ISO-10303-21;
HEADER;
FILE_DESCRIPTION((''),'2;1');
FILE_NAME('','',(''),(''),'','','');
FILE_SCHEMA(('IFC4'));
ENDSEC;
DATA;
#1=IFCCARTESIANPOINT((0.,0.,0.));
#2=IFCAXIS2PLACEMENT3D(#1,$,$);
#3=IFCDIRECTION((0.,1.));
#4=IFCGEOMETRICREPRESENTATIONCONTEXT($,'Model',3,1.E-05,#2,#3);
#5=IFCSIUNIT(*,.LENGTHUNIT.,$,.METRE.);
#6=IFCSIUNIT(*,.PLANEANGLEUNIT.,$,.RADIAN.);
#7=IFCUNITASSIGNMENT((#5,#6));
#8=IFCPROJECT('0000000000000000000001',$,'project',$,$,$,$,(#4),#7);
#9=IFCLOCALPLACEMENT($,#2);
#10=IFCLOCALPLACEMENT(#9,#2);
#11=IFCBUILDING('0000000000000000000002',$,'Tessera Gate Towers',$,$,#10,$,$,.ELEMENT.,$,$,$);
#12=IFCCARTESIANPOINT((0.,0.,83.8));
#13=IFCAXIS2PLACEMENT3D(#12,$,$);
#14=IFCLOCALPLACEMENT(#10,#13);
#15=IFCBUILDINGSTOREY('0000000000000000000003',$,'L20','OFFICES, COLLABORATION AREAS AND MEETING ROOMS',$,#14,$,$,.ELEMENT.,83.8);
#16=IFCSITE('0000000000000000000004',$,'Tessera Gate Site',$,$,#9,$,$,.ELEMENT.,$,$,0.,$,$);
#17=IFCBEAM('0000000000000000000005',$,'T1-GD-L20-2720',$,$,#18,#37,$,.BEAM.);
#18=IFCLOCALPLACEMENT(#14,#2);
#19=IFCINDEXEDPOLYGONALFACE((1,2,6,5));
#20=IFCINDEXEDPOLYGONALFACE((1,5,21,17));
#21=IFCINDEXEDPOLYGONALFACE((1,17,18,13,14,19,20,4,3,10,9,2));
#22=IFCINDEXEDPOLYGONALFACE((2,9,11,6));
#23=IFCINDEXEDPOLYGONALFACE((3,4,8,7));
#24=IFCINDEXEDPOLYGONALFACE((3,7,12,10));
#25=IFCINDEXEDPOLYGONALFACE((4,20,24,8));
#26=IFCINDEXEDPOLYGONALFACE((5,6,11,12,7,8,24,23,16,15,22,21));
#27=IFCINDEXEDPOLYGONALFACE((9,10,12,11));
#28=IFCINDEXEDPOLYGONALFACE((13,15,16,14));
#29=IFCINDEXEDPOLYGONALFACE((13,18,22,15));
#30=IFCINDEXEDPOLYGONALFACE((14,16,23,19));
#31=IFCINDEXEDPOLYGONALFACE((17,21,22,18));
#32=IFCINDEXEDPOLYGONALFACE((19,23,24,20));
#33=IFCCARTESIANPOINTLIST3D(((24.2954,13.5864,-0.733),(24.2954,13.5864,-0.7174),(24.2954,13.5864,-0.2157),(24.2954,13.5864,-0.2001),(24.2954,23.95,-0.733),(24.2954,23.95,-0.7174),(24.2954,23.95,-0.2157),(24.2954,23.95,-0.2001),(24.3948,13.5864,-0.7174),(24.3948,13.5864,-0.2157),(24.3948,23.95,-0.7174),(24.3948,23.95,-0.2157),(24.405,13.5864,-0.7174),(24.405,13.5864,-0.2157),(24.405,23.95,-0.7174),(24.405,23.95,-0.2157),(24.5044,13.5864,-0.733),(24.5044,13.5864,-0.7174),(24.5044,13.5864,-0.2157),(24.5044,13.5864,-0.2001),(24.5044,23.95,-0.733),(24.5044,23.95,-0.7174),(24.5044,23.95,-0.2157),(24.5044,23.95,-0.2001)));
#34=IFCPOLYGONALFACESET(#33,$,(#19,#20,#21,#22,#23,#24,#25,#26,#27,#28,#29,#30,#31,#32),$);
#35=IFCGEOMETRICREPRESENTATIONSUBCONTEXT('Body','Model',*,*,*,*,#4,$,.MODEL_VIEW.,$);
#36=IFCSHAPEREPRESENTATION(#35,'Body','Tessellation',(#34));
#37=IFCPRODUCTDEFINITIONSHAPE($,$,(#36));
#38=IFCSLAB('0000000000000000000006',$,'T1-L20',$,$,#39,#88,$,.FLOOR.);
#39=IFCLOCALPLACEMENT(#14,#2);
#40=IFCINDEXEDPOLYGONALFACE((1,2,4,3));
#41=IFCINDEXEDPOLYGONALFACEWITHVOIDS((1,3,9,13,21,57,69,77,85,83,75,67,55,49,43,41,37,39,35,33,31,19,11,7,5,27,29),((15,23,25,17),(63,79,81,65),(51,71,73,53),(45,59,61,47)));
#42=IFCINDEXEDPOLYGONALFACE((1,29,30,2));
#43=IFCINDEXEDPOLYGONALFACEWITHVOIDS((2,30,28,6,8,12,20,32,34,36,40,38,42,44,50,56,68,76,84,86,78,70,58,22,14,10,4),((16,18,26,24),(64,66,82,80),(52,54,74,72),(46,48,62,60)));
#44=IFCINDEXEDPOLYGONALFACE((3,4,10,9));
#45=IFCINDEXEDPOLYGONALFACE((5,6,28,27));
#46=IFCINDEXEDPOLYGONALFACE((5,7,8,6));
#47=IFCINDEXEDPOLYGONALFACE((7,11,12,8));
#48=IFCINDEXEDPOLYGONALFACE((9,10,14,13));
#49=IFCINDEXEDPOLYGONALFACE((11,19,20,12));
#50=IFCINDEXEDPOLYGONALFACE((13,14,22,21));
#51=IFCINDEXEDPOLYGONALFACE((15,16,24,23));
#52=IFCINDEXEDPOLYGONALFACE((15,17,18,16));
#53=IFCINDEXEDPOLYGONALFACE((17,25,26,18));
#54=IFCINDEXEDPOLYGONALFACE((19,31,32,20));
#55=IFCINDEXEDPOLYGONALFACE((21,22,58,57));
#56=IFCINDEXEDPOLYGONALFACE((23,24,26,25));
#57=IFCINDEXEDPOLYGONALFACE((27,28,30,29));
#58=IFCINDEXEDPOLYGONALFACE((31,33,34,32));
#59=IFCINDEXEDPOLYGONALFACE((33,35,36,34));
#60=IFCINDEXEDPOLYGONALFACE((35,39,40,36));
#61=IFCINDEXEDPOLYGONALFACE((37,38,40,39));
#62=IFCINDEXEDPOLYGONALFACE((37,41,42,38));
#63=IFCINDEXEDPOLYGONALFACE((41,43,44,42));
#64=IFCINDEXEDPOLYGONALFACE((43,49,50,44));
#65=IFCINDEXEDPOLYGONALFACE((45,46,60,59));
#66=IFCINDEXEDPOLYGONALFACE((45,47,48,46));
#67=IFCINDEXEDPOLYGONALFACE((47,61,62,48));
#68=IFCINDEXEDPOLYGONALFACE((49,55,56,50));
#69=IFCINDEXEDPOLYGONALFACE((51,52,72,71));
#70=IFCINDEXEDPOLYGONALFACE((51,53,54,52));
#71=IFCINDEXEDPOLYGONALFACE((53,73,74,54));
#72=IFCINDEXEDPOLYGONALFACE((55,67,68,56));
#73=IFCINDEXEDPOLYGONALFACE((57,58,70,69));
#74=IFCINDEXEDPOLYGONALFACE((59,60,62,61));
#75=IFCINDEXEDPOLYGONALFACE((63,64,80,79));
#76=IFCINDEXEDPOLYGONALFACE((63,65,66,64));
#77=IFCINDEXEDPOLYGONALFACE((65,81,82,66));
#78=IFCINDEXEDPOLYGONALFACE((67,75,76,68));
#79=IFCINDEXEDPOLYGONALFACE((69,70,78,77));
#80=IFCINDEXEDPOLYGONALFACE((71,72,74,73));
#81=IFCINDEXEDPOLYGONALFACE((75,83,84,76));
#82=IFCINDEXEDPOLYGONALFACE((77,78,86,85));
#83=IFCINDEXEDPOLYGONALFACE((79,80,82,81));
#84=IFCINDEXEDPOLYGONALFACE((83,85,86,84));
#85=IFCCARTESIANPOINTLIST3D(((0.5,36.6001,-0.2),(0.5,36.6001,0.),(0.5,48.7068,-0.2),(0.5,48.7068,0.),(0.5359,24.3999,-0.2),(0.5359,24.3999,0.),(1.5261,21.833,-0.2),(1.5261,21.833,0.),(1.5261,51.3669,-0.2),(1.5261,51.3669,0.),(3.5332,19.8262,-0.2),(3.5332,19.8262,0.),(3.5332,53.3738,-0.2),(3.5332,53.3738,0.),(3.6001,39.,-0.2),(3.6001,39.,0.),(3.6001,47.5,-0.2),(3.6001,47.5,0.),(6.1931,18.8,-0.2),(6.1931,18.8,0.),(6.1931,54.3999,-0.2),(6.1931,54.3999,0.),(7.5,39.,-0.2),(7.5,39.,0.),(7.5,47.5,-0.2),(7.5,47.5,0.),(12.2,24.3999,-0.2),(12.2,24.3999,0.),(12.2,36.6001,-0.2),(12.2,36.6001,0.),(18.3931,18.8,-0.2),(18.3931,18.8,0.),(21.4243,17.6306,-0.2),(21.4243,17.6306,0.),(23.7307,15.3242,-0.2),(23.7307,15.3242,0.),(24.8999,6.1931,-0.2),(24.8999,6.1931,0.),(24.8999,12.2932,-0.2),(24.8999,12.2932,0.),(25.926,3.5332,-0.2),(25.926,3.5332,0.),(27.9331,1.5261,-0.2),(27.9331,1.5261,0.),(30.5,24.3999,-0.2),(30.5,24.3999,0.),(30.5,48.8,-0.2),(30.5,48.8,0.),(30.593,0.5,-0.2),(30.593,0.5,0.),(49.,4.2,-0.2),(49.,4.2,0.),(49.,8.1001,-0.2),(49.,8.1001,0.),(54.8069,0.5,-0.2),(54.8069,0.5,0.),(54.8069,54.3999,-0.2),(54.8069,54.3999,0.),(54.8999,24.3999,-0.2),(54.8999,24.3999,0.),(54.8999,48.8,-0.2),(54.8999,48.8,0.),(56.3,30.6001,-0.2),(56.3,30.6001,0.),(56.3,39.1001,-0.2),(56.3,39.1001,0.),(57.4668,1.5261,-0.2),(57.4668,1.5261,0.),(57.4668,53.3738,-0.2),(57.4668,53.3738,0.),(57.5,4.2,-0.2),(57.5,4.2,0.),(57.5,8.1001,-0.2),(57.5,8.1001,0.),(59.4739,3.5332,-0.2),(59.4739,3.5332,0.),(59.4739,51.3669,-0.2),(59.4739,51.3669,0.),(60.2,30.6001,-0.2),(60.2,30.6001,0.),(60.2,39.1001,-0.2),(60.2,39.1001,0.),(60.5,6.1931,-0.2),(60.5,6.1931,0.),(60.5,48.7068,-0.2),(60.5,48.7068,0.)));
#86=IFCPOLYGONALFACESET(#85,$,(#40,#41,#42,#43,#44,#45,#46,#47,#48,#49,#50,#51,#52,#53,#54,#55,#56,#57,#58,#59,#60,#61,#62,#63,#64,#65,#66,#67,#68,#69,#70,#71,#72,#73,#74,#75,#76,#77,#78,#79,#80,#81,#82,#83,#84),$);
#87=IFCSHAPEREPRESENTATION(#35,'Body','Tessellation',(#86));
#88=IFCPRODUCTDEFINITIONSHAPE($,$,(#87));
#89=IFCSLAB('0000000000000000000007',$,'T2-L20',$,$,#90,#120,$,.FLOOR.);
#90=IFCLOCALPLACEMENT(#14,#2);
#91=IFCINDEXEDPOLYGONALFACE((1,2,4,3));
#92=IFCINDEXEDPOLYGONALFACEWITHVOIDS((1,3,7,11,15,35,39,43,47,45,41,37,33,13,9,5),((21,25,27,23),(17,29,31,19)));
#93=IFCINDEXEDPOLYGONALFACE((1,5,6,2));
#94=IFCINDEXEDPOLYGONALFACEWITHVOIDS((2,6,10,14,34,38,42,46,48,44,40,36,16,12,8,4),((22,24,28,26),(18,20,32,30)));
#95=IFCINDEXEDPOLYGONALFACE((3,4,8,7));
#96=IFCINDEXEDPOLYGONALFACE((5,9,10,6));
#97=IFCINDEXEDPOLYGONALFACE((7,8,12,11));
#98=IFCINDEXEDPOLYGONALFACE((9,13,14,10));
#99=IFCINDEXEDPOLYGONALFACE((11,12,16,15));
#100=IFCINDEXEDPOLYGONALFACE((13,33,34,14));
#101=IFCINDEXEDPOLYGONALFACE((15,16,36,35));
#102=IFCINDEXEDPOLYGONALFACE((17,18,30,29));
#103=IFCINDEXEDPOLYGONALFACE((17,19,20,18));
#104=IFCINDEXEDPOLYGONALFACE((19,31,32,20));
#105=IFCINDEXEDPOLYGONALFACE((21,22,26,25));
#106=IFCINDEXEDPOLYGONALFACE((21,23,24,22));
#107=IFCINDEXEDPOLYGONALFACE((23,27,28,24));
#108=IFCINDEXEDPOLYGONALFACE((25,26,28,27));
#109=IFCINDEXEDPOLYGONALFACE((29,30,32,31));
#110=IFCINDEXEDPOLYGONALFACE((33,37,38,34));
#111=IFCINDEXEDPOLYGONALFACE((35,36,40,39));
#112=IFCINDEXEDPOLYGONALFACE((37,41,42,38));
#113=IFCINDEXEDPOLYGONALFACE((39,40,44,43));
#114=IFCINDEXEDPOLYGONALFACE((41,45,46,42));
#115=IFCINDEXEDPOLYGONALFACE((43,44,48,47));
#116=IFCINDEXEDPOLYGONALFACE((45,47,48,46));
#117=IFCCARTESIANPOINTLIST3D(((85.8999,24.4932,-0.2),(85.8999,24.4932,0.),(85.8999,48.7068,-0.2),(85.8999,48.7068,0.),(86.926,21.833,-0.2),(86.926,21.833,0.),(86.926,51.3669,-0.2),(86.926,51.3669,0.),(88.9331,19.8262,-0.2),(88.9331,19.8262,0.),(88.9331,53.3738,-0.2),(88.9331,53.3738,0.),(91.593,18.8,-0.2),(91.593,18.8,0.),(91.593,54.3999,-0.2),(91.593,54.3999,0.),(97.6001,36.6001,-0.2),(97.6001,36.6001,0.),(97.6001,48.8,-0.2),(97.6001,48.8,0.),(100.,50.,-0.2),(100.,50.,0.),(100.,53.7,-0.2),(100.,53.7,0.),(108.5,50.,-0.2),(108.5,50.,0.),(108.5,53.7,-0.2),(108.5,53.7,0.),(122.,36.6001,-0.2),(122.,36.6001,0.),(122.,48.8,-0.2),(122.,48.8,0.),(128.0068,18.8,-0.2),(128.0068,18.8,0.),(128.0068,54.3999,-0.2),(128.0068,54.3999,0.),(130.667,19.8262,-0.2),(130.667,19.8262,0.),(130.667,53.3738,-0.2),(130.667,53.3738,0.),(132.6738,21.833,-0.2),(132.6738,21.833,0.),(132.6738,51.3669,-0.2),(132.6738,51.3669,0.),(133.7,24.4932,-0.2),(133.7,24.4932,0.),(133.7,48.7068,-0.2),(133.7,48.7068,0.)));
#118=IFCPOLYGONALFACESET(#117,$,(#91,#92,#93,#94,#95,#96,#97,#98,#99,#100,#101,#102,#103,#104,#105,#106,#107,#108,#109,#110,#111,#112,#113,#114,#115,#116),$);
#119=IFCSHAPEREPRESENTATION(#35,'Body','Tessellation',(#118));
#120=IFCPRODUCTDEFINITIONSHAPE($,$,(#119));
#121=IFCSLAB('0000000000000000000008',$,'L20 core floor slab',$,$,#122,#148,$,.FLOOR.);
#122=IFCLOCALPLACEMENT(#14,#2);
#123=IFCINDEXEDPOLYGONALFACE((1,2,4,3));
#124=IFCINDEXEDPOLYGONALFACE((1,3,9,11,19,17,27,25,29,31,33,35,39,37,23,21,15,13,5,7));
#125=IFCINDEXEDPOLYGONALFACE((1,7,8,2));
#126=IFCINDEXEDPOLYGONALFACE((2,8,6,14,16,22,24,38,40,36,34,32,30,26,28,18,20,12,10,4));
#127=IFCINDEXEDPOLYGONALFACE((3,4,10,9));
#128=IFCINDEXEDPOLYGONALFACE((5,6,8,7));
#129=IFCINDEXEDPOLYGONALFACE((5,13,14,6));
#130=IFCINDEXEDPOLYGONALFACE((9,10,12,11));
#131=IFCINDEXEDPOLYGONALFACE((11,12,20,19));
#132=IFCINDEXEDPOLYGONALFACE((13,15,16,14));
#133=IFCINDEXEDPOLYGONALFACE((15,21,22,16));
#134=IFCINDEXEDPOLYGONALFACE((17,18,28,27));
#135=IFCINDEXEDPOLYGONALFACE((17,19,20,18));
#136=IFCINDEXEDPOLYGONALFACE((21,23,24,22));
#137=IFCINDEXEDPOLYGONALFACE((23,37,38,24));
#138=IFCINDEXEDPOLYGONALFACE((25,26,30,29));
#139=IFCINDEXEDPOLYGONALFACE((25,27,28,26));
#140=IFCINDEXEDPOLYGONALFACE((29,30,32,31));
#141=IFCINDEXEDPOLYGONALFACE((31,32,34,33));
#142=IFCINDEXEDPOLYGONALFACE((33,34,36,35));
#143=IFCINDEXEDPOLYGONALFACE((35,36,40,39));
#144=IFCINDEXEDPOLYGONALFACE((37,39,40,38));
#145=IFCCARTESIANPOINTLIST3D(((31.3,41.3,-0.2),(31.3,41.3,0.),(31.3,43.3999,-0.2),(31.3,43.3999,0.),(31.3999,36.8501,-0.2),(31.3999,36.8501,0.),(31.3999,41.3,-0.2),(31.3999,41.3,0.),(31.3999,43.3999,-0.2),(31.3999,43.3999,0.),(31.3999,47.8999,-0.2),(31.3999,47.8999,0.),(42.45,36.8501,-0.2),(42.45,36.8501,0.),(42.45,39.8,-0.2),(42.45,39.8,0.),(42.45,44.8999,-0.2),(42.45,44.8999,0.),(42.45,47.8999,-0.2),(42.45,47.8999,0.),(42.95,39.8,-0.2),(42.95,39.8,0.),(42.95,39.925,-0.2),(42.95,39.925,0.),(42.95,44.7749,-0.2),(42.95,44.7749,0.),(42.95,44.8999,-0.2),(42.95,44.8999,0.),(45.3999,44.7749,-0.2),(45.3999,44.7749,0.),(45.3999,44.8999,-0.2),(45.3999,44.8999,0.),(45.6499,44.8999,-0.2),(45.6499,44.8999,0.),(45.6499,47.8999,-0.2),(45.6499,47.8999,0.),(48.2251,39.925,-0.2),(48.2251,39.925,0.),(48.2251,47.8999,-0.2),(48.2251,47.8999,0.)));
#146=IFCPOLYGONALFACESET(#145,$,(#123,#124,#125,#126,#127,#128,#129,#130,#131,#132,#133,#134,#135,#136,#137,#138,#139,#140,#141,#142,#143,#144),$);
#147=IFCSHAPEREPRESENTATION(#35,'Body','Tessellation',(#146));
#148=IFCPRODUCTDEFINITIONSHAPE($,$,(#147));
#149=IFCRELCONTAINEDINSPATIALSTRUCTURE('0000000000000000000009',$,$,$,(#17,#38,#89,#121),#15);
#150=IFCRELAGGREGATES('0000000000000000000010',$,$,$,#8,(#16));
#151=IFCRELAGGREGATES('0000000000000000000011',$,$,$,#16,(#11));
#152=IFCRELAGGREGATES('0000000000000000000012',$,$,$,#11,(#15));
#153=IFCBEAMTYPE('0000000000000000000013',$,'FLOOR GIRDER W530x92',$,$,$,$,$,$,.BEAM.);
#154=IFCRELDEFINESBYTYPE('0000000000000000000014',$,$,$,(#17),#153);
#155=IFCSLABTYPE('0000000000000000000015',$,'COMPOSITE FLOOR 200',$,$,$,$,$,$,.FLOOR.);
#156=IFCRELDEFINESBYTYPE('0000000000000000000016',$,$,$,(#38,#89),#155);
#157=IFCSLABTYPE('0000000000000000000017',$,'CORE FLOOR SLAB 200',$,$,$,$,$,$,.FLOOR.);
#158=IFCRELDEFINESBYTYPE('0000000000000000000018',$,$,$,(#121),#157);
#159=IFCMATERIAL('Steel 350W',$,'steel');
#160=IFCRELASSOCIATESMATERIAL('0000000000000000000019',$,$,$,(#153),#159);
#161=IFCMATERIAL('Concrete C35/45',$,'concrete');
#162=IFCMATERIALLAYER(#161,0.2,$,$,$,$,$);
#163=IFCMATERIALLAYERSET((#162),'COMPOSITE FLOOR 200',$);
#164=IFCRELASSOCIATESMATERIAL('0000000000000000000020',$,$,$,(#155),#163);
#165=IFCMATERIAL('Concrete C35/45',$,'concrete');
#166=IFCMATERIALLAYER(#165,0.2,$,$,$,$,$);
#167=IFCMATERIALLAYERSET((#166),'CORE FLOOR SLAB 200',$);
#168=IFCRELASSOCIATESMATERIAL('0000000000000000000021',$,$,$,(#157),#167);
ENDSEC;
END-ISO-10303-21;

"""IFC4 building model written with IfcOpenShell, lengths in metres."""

from ifc_helpers import new_model, si_unit, direction, frame, origin, origin_2d, place, context, subcontext, project, spatial, polyline, i_section, outline, extrude, material, layer, layer_set, material_profile, profile_set, type_object, element, save


model = new_model("IFC4")

# Units and contexts
model_context = context("Model", 3, precision=1e-05, world=origin(), true_north=direction((0.0, 1.0)))
body_context = subcontext(model_context, "Body", "Model", "MODEL_VIEW")
ifc_project = project(units=[si_unit("LENGTHUNIT", "METRE"), si_unit("PLANEANGLEUNIT", "RADIAN")], contexts=[model_context])

# Site, building, storey
site_placement = place(None, origin())
site = spatial("IfcSite", under=ifc_project, at=site_placement, Name="Tessera Gate Site", CompositionType="ELEMENT", RefElevation=0.0)
building_placement = place(site_placement, origin())
building = spatial("IfcBuilding", under=site, at=building_placement, Name="Tessera Gate Towers", CompositionType="ELEMENT")
storey_placement = place(building_placement, frame((0.0, 0.0, 83.8)))
storey = spatial("IfcBuildingStorey", under=building, at=storey_placement, Name="L20", Description="OFFICES, COLLABORATION AREAS AND MEETING ROOMS", CompositionType="ELEMENT", Elevation=83.8)

# Beam
ifc_material_1 = material(Name="Steel 350W", Category="steel")
ifc_material_profile = material_profile(ifc_material_1, i_section(OverallWidth=0.209, OverallDepth=0.533, WebThickness=0.0103, FlangeThickness=0.0156, at=origin_2d()), Name="W530x92")
ifc_profile_set = profile_set([ifc_material_profile], Name="Steel 350W")
beam_type = type_object("IfcBeamType", Name="FLOOR GIRDER W530x92", PredefinedType="BEAM", material=ifc_profile_set)
beam_placement = place(storey_placement, frame((24.3999, 13.5864, -0.4666), z_axis=(0.0, 1.0, 0.0), x_axis=(-1.0, 0.0, 0.0)))
element("IfcBeam", 1, at=beam_placement, inside=storey, type_object=beam_type, Name="T1-GD-L20-2720", PredefinedType="BEAM", context=body_context, shape_type="SweptSolid", body=[
    extrude(i_section(OverallWidth=0.209, OverallDepth=0.533, WebThickness=0.0103, FlangeThickness=0.0156, at=origin_2d()), origin(), (0.0, 0.0, 1.0), 10.3635),
])

# Slabs
ifc_material_2 = material(Name="Concrete C35/45", Category="concrete")
ifc_layer_1 = layer(ifc_material_2, 0.2)
ifc_layer_set_1 = layer_set([ifc_layer_1], Name="COMPOSITE FLOOR 200")
slab_type_1 = type_object("IfcSlabType", Name="COMPOSITE FLOOR 200", PredefinedType="FLOOR", material=ifc_layer_set_1)
slab_1_placement = place(storey_placement, frame((0.0, 0.0, -0.2)))
element("IfcSlab", 2, at=slab_1_placement, inside=storey, type_object=slab_type_1, Name="T1-L20", PredefinedType="FLOOR", context=body_context, shape_type="SweptSolid", body=[
    extrude(outline(polyline([(0.5, 36.6001), (12.2, 36.6001), (12.2, 24.3999), (0.5359, 24.3999), (1.5261, 21.833), (3.5332, 19.8262), (6.1931, 18.8), (18.3931, 18.8), (21.4243, 17.6306), (23.7307, 15.3242), (24.8999, 12.2932), (24.8999, 6.1931), (25.926, 3.5332), (27.9331, 1.5261), (30.593, 0.5), (54.8069, 0.5), (57.4668, 1.5261), (59.4739, 3.5332), (60.5, 6.1931), (60.5, 48.7068), (59.4739, 51.3669), (57.4668, 53.3738), (54.8069, 54.3999), (6.1931, 54.3999), (3.5332, 53.3738), (1.5261, 51.3669), (0.5, 48.7068), (0.5, 36.6001)]), holes=[polyline([(3.6001, 39.0), (3.6001, 47.5), (7.5, 47.5), (7.5, 39.0), (3.6001, 39.0)]), polyline([(30.5, 24.3999), (30.5, 48.8), (54.8999, 48.8), (54.8999, 24.3999), (30.5, 24.3999)]), polyline([(49.0, 4.2), (49.0, 8.1001), (57.5, 8.1001), (57.5, 4.2), (49.0, 4.2)]), polyline([(56.3, 30.6001), (56.3, 39.1001), (60.2, 39.1001), (60.2, 30.6001), (56.3, 30.6001)])]), origin(), (0.0, 0.0, 1.0), 0.2),
])
slab_2_placement = place(storey_placement, frame((0.0, 0.0, -0.2)))
element("IfcSlab", 3, at=slab_2_placement, inside=storey, type_object=slab_type_1, Name="T2-L20", PredefinedType="FLOOR", context=body_context, shape_type="SweptSolid", body=[
    extrude(outline(polyline([(85.8999, 24.4932), (86.926, 21.833), (88.9331, 19.8262), (91.593, 18.8), (128.0068, 18.8), (130.667, 19.8262), (132.6738, 21.833), (133.7, 24.4932), (133.7, 48.7068), (132.6738, 51.3669), (130.667, 53.3738), (128.0068, 54.3999), (91.593, 54.3999), (88.9331, 53.3738), (86.926, 51.3669), (85.8999, 48.7068), (85.8999, 24.4932)]), holes=[polyline([(97.6001, 36.6001), (97.6001, 48.8), (122.0, 48.8), (122.0, 36.6001), (97.6001, 36.6001)]), polyline([(100.0, 50.0), (100.0, 53.7), (108.5, 53.7), (108.5, 50.0), (100.0, 50.0)])]), origin(), (0.0, 0.0, 1.0), 0.2),
])
ifc_material_3 = material(Name="Concrete C35/45", Category="concrete")
ifc_layer_2 = layer(ifc_material_3, 0.2)
ifc_layer_set_2 = layer_set([ifc_layer_2], Name="CORE FLOOR SLAB 200")
slab_type_2 = type_object("IfcSlabType", Name="CORE FLOOR SLAB 200", PredefinedType="FLOOR", material=ifc_layer_set_2)
slab_3_placement = place(storey_placement, frame((0.0, 0.0, -0.2)))
element("IfcSlab", 4, at=slab_3_placement, inside=storey, type_object=slab_type_2, Name="L20 core floor slab", PredefinedType="FLOOR", context=body_context, shape_type="SweptSolid", body=[
    extrude(outline(polyline([(31.3999, 47.8999), (31.3999, 43.3999), (31.3, 43.3999), (31.3, 41.3), (31.3999, 41.3), (31.3999, 36.8501), (42.45, 36.8501), (42.45, 39.8), (42.95, 39.8), (42.95, 39.925), (48.2251, 39.925), (48.2251, 47.8999), (45.6499, 47.8999), (45.6499, 44.8999), (45.3999, 44.8999), (45.3999, 44.7749), (42.95, 44.7749), (42.95, 44.8999), (42.45, 44.8999), (42.45, 47.8999), (31.3999, 47.8999)])), origin(), (0.0, 0.0, 1.0), 0.2),
])

save(model, "model.ifc")
